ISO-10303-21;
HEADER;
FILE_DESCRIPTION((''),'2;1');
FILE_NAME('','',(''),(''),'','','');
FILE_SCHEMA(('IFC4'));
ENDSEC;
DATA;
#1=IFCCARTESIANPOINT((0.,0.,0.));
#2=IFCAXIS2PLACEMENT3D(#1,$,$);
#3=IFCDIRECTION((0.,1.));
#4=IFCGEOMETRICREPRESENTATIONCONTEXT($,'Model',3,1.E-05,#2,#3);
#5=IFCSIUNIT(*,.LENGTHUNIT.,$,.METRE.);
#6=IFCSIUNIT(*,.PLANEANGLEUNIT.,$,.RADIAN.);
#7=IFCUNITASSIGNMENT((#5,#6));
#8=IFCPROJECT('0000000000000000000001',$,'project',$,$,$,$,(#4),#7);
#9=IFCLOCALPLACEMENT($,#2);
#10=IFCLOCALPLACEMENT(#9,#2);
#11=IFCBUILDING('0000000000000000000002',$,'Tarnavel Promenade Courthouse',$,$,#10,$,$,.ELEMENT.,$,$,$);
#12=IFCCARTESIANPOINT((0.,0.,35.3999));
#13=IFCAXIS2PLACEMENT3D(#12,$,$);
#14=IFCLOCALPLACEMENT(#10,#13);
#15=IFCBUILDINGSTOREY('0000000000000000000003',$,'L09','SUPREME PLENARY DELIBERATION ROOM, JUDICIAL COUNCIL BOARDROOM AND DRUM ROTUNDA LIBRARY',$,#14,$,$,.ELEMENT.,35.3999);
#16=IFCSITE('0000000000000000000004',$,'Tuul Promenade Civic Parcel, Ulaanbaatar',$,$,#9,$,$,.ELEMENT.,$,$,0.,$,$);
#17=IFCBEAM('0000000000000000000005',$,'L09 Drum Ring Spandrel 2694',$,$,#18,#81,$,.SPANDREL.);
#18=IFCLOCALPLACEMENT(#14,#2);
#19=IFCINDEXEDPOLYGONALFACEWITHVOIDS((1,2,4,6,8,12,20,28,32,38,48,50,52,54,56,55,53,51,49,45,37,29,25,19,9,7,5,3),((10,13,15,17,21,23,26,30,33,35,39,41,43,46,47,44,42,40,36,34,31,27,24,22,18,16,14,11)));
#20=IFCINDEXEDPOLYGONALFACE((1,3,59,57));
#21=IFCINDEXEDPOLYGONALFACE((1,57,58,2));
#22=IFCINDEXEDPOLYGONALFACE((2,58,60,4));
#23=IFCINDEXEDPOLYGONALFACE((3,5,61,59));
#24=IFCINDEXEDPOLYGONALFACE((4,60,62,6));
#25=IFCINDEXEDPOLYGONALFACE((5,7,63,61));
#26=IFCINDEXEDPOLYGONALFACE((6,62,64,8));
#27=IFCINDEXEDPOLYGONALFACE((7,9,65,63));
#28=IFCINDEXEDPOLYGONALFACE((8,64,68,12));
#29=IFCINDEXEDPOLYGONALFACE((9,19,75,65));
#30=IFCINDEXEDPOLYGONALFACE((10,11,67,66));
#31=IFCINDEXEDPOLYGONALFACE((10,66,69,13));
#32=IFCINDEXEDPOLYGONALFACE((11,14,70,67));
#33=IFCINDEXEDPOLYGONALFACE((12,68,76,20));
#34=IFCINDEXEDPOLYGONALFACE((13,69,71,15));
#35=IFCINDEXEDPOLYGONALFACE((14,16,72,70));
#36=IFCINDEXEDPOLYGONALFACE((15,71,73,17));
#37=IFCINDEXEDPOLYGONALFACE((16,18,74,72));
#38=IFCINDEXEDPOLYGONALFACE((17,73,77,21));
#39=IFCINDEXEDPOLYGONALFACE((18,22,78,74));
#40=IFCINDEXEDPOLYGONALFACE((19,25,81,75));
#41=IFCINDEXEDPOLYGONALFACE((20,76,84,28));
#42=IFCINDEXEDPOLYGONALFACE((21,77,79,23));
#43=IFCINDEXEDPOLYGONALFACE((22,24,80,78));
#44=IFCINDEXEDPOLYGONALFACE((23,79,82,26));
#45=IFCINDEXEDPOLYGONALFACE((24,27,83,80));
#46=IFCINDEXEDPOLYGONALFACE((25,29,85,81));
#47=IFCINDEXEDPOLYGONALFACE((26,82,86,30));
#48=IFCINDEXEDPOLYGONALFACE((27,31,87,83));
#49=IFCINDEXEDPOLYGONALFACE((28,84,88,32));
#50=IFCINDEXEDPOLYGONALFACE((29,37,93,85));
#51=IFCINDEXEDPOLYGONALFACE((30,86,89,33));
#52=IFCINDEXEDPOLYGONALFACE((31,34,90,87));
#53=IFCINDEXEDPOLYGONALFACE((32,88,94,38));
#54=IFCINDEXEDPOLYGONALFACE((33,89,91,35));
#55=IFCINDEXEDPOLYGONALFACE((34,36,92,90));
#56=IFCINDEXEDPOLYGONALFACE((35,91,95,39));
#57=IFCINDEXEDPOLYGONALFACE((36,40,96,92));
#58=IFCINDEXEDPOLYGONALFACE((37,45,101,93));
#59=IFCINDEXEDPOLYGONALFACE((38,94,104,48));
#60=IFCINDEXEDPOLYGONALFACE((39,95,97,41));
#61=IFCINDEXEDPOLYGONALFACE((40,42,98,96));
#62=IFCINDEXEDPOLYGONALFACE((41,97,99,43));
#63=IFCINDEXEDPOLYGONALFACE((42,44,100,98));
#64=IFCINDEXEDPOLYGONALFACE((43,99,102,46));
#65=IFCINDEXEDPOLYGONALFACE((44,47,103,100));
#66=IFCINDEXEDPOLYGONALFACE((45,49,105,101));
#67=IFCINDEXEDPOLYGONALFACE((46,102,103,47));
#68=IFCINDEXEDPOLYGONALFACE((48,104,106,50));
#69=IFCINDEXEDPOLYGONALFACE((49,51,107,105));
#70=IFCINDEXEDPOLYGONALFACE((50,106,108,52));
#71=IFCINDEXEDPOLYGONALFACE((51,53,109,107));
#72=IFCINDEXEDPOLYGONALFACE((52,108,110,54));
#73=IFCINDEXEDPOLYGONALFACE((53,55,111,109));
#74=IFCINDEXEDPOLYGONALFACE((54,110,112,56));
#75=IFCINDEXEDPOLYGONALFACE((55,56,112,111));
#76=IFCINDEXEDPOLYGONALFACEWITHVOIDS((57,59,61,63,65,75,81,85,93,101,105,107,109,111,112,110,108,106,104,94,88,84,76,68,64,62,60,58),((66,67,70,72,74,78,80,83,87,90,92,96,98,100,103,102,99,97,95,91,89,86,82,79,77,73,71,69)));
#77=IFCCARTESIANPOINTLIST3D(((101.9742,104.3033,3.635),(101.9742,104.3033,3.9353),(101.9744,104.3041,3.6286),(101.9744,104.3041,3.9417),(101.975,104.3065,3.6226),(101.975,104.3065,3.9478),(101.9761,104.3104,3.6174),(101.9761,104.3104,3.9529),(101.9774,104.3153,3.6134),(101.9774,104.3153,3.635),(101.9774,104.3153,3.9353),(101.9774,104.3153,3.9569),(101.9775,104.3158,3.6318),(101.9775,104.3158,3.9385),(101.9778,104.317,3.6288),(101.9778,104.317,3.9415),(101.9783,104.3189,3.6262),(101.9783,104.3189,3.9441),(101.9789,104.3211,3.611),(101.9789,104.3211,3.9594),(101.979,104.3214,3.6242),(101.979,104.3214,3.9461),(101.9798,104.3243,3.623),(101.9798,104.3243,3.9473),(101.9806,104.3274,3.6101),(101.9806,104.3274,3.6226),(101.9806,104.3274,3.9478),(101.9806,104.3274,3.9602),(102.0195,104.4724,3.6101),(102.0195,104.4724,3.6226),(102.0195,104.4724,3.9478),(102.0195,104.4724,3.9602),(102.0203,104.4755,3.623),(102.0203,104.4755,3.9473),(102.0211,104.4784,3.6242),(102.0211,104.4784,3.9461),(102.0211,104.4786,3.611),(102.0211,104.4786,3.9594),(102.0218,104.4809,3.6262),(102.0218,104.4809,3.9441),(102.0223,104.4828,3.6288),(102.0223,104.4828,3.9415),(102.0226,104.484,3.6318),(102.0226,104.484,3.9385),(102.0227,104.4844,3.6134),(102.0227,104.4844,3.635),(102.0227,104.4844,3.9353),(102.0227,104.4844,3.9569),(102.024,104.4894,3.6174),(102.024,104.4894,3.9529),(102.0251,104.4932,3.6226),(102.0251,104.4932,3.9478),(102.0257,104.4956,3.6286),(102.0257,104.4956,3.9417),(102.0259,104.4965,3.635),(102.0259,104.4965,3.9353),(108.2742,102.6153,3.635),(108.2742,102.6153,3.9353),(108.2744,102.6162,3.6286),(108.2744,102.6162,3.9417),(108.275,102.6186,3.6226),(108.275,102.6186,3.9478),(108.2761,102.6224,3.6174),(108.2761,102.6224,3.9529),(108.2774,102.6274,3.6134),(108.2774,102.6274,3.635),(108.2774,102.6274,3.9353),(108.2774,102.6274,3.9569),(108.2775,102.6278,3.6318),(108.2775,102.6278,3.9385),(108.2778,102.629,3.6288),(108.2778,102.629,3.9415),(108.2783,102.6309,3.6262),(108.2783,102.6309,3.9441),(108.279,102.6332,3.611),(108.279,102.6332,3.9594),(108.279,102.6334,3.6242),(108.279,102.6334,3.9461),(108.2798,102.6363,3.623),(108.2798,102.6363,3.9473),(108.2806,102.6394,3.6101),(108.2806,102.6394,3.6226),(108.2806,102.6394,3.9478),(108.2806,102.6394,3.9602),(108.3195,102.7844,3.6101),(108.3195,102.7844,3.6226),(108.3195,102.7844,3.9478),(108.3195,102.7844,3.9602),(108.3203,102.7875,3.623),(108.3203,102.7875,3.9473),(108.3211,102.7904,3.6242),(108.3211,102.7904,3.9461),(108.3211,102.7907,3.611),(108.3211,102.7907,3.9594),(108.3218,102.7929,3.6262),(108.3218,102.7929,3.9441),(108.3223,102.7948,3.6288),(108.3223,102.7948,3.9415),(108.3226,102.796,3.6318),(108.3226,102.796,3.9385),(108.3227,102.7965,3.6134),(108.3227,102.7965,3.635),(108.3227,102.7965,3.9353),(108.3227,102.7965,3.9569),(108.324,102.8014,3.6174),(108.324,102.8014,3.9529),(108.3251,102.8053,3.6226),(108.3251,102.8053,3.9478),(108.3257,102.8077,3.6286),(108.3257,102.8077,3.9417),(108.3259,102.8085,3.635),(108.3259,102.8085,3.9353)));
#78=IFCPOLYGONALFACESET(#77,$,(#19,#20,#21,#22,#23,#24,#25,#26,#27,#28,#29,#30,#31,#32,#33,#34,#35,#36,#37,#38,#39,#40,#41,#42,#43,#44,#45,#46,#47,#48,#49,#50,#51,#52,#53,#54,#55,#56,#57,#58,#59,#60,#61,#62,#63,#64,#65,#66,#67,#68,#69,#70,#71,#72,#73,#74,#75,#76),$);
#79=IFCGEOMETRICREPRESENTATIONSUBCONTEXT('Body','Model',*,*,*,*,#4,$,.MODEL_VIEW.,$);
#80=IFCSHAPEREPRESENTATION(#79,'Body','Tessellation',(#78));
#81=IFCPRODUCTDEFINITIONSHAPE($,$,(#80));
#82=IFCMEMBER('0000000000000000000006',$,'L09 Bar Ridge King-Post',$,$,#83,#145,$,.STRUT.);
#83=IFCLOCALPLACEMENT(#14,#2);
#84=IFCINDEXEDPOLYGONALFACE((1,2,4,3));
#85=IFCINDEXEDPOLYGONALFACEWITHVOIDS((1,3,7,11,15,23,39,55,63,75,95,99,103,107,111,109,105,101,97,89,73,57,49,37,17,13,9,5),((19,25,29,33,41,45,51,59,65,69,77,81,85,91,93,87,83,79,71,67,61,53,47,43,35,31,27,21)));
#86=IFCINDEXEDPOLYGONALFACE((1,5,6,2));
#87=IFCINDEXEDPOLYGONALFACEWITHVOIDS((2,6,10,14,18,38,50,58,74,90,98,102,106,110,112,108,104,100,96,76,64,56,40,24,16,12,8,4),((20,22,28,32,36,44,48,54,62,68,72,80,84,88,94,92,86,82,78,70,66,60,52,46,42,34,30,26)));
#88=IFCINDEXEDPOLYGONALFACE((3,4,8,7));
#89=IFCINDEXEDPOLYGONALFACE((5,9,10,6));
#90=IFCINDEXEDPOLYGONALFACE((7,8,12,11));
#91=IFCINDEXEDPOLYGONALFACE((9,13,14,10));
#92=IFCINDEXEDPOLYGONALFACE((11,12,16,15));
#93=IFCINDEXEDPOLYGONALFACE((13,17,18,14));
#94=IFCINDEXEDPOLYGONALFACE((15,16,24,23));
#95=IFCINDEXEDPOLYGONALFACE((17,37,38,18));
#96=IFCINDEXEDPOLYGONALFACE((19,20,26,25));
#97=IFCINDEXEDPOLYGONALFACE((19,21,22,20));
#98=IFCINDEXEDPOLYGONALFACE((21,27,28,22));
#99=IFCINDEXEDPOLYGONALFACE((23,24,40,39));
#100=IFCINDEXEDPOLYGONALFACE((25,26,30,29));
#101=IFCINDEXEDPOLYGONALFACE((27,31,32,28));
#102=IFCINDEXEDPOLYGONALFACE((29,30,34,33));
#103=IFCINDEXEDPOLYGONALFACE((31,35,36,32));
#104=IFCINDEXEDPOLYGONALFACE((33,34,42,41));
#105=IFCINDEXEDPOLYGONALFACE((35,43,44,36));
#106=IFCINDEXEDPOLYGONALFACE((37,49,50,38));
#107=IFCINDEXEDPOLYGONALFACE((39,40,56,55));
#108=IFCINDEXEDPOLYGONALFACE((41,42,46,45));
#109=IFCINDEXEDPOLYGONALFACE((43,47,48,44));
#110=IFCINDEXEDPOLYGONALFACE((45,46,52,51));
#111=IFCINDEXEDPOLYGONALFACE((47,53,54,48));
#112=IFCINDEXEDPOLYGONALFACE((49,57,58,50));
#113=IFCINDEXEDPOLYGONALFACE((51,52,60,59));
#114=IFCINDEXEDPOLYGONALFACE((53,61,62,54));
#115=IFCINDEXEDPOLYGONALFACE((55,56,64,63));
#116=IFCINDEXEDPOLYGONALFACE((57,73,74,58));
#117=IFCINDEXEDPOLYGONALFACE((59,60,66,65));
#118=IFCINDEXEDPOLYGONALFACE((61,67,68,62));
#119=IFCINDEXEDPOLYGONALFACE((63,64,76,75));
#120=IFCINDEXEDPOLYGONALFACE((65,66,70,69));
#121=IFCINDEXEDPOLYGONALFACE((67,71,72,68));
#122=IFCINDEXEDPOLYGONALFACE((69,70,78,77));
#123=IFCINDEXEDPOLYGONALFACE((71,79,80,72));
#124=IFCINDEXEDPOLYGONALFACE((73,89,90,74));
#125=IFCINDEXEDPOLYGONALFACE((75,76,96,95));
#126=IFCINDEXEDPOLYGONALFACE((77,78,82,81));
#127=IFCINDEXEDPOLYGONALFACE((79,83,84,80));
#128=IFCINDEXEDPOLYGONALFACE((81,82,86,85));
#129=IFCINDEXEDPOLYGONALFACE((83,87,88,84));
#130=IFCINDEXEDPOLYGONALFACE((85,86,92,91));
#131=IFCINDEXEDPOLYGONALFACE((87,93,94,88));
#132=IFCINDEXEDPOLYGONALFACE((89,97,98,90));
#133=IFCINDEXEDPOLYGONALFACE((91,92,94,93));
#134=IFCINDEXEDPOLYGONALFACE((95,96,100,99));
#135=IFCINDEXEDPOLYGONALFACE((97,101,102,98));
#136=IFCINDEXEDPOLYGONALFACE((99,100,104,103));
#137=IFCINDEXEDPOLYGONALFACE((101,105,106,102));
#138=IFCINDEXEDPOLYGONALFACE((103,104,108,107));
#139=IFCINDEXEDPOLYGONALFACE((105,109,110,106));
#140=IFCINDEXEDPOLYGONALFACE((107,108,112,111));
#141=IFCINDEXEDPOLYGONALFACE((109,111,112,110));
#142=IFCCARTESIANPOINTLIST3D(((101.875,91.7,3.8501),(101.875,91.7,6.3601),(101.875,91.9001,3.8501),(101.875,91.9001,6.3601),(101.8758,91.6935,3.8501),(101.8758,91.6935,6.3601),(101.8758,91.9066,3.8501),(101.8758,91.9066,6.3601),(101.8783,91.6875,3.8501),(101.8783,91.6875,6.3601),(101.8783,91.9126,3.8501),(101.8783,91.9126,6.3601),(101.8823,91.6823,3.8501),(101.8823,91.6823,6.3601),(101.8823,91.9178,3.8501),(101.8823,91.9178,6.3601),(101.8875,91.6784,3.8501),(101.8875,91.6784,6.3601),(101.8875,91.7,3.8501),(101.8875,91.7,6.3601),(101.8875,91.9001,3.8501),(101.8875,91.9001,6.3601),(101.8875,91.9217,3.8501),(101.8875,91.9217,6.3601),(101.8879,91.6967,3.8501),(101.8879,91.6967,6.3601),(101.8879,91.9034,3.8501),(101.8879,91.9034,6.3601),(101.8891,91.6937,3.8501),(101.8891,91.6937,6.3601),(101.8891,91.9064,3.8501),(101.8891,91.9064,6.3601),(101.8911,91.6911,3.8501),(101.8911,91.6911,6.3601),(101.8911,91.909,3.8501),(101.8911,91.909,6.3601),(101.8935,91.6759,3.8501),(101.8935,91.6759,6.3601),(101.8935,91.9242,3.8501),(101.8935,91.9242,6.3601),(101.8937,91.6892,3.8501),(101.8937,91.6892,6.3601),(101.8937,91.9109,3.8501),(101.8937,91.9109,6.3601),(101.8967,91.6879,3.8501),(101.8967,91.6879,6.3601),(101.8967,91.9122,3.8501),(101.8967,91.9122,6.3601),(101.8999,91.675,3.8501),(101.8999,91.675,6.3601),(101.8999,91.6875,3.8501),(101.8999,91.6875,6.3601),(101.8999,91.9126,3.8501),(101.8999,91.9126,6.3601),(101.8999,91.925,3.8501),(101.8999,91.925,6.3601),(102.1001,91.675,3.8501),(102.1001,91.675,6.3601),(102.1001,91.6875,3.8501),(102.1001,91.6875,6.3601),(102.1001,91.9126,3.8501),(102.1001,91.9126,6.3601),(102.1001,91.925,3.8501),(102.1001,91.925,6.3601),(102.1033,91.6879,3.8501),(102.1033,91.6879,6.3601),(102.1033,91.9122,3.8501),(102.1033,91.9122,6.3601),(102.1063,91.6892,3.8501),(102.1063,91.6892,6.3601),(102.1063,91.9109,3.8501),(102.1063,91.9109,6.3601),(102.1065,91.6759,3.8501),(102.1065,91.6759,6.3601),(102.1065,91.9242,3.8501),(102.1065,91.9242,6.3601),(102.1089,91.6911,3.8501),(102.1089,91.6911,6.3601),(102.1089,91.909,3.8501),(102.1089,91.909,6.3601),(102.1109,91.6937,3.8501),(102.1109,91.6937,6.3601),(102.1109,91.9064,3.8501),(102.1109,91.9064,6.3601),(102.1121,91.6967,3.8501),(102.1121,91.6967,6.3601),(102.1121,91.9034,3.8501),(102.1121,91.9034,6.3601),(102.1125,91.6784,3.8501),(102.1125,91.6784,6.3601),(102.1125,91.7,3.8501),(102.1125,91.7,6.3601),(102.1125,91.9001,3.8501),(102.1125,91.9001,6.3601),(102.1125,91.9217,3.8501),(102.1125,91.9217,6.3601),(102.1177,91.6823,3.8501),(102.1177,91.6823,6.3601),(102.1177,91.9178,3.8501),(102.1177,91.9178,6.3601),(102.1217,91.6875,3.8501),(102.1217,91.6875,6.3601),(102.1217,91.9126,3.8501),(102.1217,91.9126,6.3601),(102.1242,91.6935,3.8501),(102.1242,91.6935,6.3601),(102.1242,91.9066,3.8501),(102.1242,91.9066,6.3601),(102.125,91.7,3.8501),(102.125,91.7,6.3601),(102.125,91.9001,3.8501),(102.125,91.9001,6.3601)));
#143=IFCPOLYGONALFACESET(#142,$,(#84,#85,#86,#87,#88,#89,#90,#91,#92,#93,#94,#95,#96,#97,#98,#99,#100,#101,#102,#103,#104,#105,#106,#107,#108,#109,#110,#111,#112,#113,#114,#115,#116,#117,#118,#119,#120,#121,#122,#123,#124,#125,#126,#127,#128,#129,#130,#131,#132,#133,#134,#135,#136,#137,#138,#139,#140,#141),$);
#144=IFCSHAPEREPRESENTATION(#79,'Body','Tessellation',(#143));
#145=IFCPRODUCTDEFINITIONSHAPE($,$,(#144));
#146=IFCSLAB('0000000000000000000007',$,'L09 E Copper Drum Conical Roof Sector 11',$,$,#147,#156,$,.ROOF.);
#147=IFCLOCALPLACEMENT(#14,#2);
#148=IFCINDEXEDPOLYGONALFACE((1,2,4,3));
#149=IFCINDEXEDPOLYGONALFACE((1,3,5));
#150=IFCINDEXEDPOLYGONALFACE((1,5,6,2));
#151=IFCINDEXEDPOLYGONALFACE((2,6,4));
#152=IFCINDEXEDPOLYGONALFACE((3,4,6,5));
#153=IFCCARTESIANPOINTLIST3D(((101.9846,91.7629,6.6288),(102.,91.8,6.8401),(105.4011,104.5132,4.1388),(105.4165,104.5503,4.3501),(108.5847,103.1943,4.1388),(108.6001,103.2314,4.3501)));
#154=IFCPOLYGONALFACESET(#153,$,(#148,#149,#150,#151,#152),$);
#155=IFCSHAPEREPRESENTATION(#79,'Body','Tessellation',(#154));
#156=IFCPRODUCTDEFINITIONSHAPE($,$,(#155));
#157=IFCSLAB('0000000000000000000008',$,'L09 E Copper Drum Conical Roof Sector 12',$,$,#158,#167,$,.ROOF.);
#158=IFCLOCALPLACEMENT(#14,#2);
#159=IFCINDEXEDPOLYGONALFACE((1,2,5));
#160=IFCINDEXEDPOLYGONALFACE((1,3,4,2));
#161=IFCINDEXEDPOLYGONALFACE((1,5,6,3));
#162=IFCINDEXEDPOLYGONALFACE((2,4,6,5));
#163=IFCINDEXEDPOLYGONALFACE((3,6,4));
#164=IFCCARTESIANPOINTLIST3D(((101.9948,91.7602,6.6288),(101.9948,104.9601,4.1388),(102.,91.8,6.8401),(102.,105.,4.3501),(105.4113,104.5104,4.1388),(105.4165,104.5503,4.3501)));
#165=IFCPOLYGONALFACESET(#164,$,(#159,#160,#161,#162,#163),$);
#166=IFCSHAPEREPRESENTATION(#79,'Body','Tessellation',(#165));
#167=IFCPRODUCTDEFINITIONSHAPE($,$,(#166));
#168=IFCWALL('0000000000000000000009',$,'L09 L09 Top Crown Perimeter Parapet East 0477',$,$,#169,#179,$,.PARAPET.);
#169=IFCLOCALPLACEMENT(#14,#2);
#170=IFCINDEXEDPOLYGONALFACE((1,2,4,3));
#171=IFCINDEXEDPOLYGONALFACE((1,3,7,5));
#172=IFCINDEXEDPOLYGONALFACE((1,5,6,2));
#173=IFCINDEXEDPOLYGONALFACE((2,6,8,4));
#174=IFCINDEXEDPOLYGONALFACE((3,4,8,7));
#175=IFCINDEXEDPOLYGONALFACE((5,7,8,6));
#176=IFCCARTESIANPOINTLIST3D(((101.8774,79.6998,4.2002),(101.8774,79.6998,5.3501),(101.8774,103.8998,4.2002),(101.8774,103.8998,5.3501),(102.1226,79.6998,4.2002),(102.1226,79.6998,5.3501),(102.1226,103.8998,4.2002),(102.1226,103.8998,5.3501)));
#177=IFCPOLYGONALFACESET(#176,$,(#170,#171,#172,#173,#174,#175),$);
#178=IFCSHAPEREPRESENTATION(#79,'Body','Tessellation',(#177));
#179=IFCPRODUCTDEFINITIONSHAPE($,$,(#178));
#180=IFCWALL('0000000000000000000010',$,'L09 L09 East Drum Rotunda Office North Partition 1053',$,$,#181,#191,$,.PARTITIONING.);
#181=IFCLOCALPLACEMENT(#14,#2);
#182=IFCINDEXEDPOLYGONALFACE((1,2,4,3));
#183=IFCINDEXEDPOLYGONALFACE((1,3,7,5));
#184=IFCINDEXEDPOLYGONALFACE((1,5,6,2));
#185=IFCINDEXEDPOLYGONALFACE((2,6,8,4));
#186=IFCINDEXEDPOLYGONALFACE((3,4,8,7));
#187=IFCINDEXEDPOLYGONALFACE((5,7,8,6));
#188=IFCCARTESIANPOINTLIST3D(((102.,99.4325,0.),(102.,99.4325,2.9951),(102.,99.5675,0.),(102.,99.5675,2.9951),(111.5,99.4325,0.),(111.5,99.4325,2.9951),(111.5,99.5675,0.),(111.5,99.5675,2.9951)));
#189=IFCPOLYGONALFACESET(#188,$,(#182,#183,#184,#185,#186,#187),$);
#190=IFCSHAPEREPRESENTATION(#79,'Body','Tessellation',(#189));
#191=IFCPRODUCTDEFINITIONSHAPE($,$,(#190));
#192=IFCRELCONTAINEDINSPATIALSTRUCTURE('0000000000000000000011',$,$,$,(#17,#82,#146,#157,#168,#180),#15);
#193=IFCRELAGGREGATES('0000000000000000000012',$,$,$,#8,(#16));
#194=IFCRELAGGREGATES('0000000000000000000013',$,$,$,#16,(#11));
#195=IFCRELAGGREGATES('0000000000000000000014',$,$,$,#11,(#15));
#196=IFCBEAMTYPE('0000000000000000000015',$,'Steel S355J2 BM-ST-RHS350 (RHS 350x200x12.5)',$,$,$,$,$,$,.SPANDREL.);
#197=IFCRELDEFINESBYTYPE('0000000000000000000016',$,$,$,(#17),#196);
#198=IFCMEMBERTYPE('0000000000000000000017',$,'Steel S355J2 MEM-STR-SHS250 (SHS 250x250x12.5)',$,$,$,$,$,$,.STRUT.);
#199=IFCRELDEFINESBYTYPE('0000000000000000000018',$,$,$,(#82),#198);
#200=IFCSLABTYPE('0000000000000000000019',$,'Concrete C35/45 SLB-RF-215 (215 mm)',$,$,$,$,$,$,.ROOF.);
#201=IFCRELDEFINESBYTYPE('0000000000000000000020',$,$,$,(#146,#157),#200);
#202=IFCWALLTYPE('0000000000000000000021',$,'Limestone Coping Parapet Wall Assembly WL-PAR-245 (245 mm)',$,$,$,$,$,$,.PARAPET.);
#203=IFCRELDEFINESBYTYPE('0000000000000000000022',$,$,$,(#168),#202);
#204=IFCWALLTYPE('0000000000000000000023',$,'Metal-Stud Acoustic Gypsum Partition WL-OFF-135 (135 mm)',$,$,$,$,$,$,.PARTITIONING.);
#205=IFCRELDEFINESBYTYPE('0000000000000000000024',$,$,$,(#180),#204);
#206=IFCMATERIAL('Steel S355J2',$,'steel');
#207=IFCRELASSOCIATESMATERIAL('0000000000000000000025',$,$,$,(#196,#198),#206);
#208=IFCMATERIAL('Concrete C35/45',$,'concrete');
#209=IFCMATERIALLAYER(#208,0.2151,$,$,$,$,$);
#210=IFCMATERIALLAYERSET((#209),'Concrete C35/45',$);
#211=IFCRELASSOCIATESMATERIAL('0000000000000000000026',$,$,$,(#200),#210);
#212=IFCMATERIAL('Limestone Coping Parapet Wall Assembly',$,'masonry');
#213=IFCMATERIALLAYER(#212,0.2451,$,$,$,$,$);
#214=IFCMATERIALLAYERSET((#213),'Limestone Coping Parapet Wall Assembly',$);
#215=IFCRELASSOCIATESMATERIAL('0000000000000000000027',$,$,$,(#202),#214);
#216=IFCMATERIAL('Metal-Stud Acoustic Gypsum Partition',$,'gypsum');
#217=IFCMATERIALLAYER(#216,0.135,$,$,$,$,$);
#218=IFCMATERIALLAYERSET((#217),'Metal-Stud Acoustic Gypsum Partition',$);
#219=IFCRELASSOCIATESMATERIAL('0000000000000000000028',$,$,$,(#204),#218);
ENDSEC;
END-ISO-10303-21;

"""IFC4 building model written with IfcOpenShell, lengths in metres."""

from ifc_helpers import new_model, si_unit, direction, frame, frame_2d, origin, origin_2d, place, context, subcontext, project, spatial, polyline, rectangle, hollow_rectangle, outline, extrude, material, layer, layer_set, material_profile, profile_set, type_object, element, save


model = new_model("IFC4")

# Units and contexts
model_context = context("Model", 3, precision=1e-05, world=origin(), true_north=direction((0.0, 1.0)))
body_context = subcontext(model_context, "Body", "Model", "MODEL_VIEW")
ifc_project = project(units=[si_unit("LENGTHUNIT", "METRE"), si_unit("PLANEANGLEUNIT", "RADIAN")], contexts=[model_context])

# Site, building, storey
site_placement = place(None, origin())
site = spatial("IfcSite", under=ifc_project, at=site_placement, Name="Tuul Promenade Civic Parcel, Ulaanbaatar", CompositionType="ELEMENT", RefElevation=0.0)
building_placement = place(site_placement, origin())
building = spatial("IfcBuilding", under=site, at=building_placement, Name="Tarnavel Promenade Courthouse", CompositionType="ELEMENT")
storey_placement = place(building_placement, frame((0.0, 0.0, 35.3999)))
storey = spatial("IfcBuildingStorey", under=building, at=storey_placement, Name="L09", Description="SUPREME PLENARY DELIBERATION ROOM, JUDICIAL COUNCIL BOARDROOM AND DRUM ROTUNDA LIBRARY", CompositionType="ELEMENT", Elevation=35.3999)

# Beam
ifc_material_1 = material(Name="Steel S355J2", Category="steel")
ifc_material_profile_1 = material_profile(ifc_material_1, hollow_rectangle(XDim=0.2, YDim=0.3501, WallThickness=0.0125, InnerFilletRadius=0.0125, OuterFilletRadius=0.0249, at=origin_2d()), Name="RHS 350x200x12.5")
ifc_profile_set_1 = profile_set([ifc_material_profile_1], Name="Steel S355J2")
beam_type_1 = type_object("IfcBeamType", Name="Steel S355J2 BM-ST-RHS350 (RHS 350x200x12.5)", PredefinedType="SPANDREL", material=ifc_profile_set_1)
beam_1_placement = place(storey_placement, frame((108.3, 102.7119, 3.7852), z_axis=(-0.96593, 0.258804, 0.0), x_axis=(-0.258804, -0.96593, 0.0)))
element("IfcBeam", 1, at=beam_1_placement, inside=storey, type_object=beam_type_1, Name="L09 Drum Ring Spandrel 2694", PredefinedType="SPANDREL", context=body_context, shape_type="SweptSolid", body=[
    extrude(hollow_rectangle(XDim=0.2, YDim=0.3501, WallThickness=0.0125, InnerFilletRadius=0.0125, OuterFilletRadius=0.0249, at=origin_2d()), origin(), (0.0, 0.0, 1.0), 6.5222),
])

# Member
ifc_material_profile_2 = material_profile(ifc_material_1, hollow_rectangle(XDim=0.25, YDim=0.25, WallThickness=0.0125, InnerFilletRadius=0.0125, OuterFilletRadius=0.0249, at=origin_2d()), Name="SHS 250x250x12.5")
ifc_profile_set_2 = profile_set([ifc_material_profile_2], Name="Steel S355J2")
member_type = type_object("IfcMemberType", Name="Steel S355J2 MEM-STR-SHS250 (SHS 250x250x12.5)", PredefinedType="STRUT", material=ifc_profile_set_2)
member_placement = place(storey_placement, frame((102.0, 91.8, 3.8501), z_axis=(0.0, 0.0, 1.0), x_axis=(1.0, 0.0, 0.0)))
element("IfcMember", 2, at=member_placement, inside=storey, type_object=member_type, Name="L09 Bar Ridge King-Post", PredefinedType="STRUT", context=body_context, shape_type="SweptSolid", body=[
    extrude(hollow_rectangle(XDim=0.25, YDim=0.25, WallThickness=0.0125, InnerFilletRadius=0.0125, OuterFilletRadius=0.0249, at=origin_2d()), origin(), (0.0, 0.0, 1.0), 2.51),
])

# Slabs
ifc_material_2 = material(Name="Concrete C35/45", Category="concrete")
ifc_layer_1 = layer(ifc_material_2, 0.2151)
ifc_layer_set_1 = layer_set([ifc_layer_1], Name="Concrete C35/45")
slab_type = type_object("IfcSlabType", Name="Concrete C35/45 SLB-RF-215 (215 mm)", PredefinedType="ROOF", material=ifc_layer_set_1)
slab_1_placement = place(storey_placement, frame((108.6001, 103.2314, 4.3501), z_axis=(0.071535, 0.17268, 0.982377), x_axis=(-0.923863, 0.382723, 0.0)))
element("IfcSlab", 3, at=slab_1_placement, inside=storey, type_object=slab_type, Name="L09 E Copper Drum Conical Roof Sector 11", PredefinedType="ROOF", context=body_context, shape_type="SweptSolid", body=[
    extrude(outline(polyline([(0.0, 0.0), (3.446, 0.0), (1.7225, 13.3218), (0.0, 0.0)])), origin(), (0.0, 0.0, -1.0), 0.2151),
])
slab_2_placement = place(storey_placement, frame((105.4165, 104.5503, 4.3501), z_axis=(0.024392, 0.185312, 0.982377), x_axis=(-0.991448, 0.130502, 0.0)))
element("IfcSlab", 4, at=slab_2_placement, inside=storey, type_object=slab_type, Name="L09 E Copper Drum Conical Roof Sector 12", PredefinedType="ROOF", context=body_context, shape_type="SweptSolid", body=[
    extrude(outline(polyline([(0.0, 0.0), (3.446, 0.0), (1.7234, 13.3218), (0.0, 0.0)])), origin(), (0.0, 0.0, -1.0), 0.2151),
])

# Walls
ifc_material_3 = material(Name="Limestone Coping Parapet Wall Assembly", Category="masonry")
ifc_layer_2 = layer(ifc_material_3, 0.2451)
ifc_layer_set_2 = layer_set([ifc_layer_2], Name="Limestone Coping Parapet Wall Assembly")
wall_type_1 = type_object("IfcWallType", Name="Limestone Coping Parapet Wall Assembly WL-PAR-245 (245 mm)", PredefinedType="PARAPET", material=ifc_layer_set_2)
wall_1_placement = place(storey_placement, frame((102.0, 103.8999, 4.2002), z_axis=(0.0, 0.0, 1.0), x_axis=(0.0, -1.0, 0.0)))
element("IfcWall", 5, at=wall_1_placement, inside=storey, type_object=wall_type_1, Name="L09 L09 Top Crown Perimeter Parapet East 0477", PredefinedType="PARAPET", context=body_context, shape_type="SweptSolid", body=[
    extrude(rectangle(XDim=24.2, YDim=0.2451, at=frame_2d((12.1001, 0.0))), origin(), (0.0, 0.0, 1.0), 1.1499),
])
ifc_material_4 = material(Name="Metal-Stud Acoustic Gypsum Partition", Category="gypsum")
ifc_layer_3 = layer(ifc_material_4, 0.135)
ifc_layer_set_3 = layer_set([ifc_layer_3], Name="Metal-Stud Acoustic Gypsum Partition")
wall_type_2 = type_object("IfcWallType", Name="Metal-Stud Acoustic Gypsum Partition WL-OFF-135 (135 mm)", PredefinedType="PARTITIONING", material=ifc_layer_set_3)
wall_2_placement = place(storey_placement, frame((102.0, 99.5, 0.0), z_axis=(0.0, 0.0, 1.0), x_axis=(1.0, 0.0, 0.0)))
element("IfcWall", 6, at=wall_2_placement, inside=storey, type_object=wall_type_2, Name="L09 L09 East Drum Rotunda Office North Partition 1053", PredefinedType="PARTITIONING", context=body_context, shape_type="SweptSolid", body=[
    extrude(rectangle(XDim=9.5, YDim=0.135, at=frame_2d((4.75, 0.0))), origin(), (0.0, 0.0, 1.0), 2.9951),
])

save(model, "model.ifc")
